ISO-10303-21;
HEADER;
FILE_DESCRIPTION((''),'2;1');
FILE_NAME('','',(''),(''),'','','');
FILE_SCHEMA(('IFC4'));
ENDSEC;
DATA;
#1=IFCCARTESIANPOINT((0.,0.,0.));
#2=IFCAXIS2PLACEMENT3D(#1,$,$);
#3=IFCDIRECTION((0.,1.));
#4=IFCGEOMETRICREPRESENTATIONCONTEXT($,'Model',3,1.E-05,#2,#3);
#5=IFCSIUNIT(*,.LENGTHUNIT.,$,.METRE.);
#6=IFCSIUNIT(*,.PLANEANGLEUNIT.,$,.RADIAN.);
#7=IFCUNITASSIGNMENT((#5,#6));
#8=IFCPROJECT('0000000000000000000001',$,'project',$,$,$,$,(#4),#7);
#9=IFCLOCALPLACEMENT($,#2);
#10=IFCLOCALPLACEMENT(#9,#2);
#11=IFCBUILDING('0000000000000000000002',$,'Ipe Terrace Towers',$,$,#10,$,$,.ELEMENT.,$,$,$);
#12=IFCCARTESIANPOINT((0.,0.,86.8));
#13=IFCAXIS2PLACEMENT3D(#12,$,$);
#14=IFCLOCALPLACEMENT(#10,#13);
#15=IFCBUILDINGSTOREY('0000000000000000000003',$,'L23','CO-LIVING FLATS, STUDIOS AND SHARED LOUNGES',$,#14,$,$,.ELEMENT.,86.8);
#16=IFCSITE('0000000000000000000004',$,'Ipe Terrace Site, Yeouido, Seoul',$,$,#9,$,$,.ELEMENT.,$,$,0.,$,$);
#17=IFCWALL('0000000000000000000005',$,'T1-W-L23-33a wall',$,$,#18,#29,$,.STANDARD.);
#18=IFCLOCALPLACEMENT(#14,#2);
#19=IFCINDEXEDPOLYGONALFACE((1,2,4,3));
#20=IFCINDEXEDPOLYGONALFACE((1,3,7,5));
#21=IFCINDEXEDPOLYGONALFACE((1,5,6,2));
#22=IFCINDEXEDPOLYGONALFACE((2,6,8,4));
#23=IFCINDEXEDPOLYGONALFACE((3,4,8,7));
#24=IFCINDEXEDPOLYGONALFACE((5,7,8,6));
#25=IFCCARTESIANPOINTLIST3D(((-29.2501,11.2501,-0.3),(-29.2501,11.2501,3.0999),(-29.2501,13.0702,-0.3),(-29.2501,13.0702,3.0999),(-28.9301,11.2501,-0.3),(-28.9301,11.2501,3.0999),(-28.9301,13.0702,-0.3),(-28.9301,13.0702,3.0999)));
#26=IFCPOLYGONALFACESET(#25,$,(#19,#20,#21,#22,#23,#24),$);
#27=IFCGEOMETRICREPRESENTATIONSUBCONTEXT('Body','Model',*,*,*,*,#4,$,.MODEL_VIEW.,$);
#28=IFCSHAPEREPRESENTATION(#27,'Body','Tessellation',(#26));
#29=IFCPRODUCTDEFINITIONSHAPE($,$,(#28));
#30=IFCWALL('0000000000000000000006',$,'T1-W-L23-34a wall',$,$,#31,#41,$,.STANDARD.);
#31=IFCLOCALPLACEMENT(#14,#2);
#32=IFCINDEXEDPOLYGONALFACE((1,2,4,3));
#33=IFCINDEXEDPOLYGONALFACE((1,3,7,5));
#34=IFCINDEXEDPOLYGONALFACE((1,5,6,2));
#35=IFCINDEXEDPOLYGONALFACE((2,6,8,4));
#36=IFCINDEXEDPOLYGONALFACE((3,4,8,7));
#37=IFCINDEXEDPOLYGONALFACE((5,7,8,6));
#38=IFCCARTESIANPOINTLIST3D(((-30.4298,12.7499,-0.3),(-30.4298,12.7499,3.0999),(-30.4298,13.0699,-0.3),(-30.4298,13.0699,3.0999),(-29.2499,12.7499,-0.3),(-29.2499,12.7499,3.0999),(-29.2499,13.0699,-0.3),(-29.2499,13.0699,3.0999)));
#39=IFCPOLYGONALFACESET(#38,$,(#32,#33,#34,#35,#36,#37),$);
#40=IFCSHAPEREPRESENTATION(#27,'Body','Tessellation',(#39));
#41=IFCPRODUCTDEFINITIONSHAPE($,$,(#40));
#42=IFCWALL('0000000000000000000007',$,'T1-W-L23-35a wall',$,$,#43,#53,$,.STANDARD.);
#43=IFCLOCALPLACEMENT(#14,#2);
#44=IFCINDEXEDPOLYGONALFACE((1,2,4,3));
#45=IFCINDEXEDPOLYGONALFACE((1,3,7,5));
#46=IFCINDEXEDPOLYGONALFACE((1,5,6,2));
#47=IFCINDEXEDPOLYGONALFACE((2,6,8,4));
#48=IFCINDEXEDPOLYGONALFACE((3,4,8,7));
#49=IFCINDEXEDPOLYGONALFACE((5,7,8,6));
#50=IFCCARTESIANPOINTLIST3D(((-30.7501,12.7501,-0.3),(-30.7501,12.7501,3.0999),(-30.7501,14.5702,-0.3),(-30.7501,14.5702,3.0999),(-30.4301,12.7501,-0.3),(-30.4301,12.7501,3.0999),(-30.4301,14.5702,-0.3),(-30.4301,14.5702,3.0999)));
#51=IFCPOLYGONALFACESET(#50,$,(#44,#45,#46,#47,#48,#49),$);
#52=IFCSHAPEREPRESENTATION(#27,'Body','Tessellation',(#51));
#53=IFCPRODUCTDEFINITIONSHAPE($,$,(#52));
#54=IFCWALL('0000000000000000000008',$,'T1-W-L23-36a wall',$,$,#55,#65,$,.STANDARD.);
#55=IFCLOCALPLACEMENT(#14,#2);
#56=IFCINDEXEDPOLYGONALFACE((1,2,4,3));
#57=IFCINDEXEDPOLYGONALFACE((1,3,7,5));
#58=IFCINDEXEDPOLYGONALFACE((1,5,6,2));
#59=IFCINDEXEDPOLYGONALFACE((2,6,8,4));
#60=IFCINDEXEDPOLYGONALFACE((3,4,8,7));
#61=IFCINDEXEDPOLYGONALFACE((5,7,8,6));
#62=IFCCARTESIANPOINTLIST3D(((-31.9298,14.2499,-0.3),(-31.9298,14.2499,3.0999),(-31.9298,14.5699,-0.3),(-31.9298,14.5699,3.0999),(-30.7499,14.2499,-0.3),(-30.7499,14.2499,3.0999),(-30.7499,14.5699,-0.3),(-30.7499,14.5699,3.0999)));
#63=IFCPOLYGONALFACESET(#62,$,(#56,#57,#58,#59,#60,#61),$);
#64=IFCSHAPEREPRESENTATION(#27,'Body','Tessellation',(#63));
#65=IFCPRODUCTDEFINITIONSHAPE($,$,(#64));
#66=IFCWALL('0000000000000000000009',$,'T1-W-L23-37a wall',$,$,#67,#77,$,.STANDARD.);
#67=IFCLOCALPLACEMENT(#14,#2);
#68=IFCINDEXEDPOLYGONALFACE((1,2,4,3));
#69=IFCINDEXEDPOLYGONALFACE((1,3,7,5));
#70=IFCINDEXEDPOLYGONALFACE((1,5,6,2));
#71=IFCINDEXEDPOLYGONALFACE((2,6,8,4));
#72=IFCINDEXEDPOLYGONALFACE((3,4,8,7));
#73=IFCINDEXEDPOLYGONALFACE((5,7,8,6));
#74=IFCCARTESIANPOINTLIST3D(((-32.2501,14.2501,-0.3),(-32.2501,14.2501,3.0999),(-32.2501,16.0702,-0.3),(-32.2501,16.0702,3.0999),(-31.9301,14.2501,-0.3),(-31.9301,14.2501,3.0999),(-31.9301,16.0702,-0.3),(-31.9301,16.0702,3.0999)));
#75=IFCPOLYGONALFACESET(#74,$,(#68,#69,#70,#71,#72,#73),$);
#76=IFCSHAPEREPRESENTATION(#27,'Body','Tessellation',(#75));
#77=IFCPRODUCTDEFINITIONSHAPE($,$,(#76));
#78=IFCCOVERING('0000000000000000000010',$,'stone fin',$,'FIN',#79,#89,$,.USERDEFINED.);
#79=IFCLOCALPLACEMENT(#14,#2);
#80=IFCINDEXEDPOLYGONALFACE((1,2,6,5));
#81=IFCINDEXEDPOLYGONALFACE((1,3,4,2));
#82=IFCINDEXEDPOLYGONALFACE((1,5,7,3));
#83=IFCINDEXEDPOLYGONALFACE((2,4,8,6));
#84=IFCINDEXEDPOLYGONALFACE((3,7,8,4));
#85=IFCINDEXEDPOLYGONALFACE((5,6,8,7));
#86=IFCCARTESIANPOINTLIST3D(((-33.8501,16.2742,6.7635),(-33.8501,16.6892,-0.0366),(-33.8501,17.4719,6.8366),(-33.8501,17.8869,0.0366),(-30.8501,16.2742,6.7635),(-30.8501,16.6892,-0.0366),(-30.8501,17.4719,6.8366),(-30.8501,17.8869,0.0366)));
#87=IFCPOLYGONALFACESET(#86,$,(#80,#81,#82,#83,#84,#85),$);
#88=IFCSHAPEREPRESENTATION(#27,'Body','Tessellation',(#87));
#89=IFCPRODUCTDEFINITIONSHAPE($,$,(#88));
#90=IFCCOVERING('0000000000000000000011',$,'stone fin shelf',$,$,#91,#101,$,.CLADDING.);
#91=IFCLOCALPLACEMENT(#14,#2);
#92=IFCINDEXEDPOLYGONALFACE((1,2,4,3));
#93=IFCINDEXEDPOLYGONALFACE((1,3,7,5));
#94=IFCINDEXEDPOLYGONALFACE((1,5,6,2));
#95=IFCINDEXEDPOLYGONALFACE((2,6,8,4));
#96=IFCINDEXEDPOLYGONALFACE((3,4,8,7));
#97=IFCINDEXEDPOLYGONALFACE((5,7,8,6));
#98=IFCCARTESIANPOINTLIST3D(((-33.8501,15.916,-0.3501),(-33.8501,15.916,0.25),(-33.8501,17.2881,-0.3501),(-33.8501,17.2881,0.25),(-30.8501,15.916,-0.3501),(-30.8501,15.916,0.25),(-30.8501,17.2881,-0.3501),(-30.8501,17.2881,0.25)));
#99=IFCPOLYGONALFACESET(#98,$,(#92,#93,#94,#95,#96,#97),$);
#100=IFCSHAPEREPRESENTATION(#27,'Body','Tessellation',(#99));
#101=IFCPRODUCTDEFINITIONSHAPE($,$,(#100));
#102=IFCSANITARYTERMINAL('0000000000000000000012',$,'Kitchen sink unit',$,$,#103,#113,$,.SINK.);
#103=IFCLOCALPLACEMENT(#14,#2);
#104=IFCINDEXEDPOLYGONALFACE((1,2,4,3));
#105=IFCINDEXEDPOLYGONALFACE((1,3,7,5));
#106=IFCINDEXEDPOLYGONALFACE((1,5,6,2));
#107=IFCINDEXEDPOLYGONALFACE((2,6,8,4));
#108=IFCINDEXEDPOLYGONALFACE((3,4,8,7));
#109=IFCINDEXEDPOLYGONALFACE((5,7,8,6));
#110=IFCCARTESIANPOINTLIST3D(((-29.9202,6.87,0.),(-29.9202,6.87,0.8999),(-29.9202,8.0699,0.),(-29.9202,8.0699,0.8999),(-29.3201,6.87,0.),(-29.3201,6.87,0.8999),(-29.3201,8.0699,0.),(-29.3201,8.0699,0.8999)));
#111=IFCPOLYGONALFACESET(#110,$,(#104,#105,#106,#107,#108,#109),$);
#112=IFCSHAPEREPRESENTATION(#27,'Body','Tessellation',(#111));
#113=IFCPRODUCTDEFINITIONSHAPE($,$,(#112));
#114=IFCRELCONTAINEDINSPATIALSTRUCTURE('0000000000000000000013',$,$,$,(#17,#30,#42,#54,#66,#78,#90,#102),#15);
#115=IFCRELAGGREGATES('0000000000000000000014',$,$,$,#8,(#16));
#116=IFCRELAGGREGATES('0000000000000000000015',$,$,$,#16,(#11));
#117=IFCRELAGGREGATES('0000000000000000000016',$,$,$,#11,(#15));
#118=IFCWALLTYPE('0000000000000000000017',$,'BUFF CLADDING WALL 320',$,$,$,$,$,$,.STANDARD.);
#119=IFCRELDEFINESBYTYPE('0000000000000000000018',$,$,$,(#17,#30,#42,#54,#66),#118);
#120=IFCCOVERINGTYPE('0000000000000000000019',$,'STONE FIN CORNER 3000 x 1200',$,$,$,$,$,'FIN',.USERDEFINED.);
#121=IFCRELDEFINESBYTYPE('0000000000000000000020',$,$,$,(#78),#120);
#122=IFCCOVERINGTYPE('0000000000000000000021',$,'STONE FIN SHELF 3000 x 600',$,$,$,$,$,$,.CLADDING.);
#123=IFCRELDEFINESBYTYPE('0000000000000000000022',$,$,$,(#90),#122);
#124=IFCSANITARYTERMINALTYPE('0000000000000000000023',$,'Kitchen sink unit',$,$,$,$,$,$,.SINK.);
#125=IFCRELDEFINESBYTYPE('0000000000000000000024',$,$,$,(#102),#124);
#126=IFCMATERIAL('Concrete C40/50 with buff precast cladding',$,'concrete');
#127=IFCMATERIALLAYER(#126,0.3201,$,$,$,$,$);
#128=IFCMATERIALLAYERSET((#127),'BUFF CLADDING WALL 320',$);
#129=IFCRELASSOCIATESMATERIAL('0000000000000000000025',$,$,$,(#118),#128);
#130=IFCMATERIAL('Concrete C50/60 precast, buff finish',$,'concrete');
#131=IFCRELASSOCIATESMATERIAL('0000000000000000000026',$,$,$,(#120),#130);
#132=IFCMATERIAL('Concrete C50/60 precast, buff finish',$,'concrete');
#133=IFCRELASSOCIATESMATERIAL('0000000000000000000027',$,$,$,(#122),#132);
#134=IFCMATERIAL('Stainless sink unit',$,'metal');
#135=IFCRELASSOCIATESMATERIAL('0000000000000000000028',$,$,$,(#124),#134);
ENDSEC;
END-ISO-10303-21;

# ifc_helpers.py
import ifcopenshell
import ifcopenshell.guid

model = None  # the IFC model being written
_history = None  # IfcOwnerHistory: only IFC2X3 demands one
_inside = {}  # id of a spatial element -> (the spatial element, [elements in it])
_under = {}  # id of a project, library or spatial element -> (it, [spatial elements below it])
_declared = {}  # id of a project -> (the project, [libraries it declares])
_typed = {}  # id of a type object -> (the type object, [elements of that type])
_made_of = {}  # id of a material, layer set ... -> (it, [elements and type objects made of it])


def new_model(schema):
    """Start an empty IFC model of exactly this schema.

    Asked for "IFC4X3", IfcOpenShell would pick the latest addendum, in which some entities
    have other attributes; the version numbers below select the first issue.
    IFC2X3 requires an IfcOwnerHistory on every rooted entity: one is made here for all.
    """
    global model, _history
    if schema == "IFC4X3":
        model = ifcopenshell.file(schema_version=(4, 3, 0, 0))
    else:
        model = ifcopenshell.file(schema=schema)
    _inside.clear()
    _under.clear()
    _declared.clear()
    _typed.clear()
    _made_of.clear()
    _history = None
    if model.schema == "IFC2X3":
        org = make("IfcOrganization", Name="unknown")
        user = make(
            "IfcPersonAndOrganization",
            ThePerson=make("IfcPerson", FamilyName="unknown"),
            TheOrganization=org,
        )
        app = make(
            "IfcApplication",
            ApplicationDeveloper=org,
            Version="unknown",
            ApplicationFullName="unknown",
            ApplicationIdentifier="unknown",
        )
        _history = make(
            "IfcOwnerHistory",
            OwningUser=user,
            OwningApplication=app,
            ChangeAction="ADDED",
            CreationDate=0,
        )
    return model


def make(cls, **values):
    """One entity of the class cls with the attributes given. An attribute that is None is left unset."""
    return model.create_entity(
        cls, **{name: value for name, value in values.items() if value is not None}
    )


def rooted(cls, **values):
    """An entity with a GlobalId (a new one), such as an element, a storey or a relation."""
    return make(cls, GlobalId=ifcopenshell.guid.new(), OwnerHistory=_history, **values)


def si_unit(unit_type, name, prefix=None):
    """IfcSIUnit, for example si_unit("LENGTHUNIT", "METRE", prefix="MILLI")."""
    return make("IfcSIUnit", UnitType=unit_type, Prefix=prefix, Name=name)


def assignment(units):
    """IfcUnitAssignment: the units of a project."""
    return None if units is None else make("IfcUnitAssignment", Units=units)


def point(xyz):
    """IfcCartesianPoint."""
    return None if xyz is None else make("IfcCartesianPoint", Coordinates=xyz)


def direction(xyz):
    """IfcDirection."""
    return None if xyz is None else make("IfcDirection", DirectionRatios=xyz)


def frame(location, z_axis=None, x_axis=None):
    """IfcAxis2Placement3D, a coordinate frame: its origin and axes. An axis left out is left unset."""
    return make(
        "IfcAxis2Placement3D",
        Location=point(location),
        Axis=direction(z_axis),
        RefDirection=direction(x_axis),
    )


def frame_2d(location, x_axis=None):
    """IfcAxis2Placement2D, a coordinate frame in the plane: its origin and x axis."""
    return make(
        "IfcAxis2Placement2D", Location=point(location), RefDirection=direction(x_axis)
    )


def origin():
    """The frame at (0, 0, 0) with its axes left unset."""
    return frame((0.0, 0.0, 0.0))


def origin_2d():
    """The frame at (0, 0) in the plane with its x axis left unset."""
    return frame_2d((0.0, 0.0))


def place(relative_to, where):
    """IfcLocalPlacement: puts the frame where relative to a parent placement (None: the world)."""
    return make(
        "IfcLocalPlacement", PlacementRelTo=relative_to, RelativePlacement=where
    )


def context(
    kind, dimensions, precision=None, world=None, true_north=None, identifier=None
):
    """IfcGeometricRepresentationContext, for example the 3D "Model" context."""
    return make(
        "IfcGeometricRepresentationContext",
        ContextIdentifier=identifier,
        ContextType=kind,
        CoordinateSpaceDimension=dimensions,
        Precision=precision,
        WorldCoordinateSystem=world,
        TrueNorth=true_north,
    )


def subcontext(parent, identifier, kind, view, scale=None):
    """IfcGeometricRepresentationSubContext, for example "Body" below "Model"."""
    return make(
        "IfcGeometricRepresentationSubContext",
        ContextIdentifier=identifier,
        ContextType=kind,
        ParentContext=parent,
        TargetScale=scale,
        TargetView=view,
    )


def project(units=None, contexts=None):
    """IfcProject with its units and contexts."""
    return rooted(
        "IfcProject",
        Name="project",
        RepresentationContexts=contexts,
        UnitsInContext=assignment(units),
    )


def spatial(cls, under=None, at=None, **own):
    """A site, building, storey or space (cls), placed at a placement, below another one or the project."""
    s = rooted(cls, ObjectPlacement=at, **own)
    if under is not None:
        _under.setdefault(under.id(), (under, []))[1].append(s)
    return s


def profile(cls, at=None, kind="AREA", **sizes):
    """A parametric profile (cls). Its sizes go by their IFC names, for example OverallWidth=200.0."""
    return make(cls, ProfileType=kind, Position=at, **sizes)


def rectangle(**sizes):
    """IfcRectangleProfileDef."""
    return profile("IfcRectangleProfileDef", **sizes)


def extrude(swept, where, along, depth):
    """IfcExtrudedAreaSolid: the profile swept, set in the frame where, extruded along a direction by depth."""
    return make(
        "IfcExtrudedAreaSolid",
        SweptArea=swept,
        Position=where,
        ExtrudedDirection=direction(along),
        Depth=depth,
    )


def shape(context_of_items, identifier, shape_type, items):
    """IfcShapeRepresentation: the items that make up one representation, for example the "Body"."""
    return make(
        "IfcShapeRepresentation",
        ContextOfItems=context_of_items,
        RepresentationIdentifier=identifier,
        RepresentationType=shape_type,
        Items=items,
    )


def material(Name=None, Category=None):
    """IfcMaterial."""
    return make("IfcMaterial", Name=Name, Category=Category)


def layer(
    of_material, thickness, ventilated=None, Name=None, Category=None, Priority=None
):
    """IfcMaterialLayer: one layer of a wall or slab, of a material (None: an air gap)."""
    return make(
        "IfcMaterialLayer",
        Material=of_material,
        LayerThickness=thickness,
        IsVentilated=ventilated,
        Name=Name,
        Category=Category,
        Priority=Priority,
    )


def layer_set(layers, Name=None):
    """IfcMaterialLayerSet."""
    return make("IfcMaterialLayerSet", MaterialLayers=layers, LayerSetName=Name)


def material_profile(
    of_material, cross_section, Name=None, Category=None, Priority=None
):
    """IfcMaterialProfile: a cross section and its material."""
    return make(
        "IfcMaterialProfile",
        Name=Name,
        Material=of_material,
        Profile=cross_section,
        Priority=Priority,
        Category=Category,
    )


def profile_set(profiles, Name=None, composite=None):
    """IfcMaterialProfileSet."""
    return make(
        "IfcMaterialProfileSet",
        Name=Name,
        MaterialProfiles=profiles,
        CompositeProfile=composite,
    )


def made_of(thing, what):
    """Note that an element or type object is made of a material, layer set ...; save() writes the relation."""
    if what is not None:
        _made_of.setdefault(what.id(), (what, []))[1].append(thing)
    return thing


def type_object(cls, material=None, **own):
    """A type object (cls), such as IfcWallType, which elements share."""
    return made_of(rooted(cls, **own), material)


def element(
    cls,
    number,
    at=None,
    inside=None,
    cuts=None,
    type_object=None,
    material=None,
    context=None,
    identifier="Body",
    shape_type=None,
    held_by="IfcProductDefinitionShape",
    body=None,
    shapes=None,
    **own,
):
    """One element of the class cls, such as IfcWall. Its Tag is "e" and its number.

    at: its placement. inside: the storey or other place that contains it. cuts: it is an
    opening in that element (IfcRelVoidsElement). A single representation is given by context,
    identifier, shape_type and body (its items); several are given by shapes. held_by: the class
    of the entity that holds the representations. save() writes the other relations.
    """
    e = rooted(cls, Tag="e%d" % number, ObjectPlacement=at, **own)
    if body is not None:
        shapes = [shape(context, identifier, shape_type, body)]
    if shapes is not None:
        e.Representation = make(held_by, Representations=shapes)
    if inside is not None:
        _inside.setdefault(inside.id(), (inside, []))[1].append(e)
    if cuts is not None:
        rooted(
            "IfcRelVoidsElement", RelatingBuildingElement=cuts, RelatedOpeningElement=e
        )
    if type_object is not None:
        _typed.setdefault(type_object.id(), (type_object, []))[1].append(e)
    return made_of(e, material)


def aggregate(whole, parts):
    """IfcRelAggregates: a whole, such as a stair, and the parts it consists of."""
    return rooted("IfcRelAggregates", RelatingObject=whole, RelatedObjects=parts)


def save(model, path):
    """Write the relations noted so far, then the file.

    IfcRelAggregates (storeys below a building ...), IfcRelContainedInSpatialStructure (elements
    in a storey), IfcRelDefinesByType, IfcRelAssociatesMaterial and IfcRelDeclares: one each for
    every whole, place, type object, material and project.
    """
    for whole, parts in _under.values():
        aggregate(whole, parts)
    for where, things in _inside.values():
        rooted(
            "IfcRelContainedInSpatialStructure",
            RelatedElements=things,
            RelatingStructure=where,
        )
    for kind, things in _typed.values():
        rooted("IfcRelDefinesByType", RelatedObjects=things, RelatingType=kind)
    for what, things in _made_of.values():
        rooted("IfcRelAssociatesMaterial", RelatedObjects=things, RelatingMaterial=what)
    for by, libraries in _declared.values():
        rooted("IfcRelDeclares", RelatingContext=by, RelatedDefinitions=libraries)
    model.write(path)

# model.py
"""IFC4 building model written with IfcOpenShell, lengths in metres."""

from ifc_helpers import new_model, si_unit, direction, frame, frame_2d, origin, origin_2d, place, context, subcontext, project, spatial, rectangle, extrude, material, layer, layer_set, material_profile, profile_set, type_object, element, save


model = new_model("IFC4")

# Units and contexts
model_context = context("Model", 3, precision=1e-05, world=origin(), true_north=direction((0.0, 1.0)))
body_context = subcontext(model_context, "Body", "Model", "MODEL_VIEW")
ifc_project = project(units=[si_unit("LENGTHUNIT", "METRE"), si_unit("PLANEANGLEUNIT", "RADIAN")], contexts=[model_context])

# Site, building, storey
site_placement = place(None, origin())
site = spatial("IfcSite", under=ifc_project, at=site_placement, Name="Ipe Terrace Site, Yeouido, Seoul", CompositionType="ELEMENT", RefElevation=0.0)
building_placement = place(site_placement, origin())
building = spatial("IfcBuilding", under=site, at=building_placement, Name="Ipe Terrace Towers", CompositionType="ELEMENT")
storey_placement = place(building_placement, frame((0.0, 0.0, 86.8)))
storey = spatial("IfcBuildingStorey", under=building, at=storey_placement, Name="L23", Description="CO-LIVING FLATS, STUDIOS AND SHARED LOUNGES", CompositionType="ELEMENT", Elevation=86.8)

# Walls
ifc_material_1 = material(Name="Concrete C40/50 with buff precast cladding", Category="concrete")
ifc_layer_1 = layer(ifc_material_1, 0.3201)
ifc_layer_set_1 = layer_set([ifc_layer_1], Name="BUFF CLADDING WALL 320")
wall_type = type_object("IfcWallType", Name="BUFF CLADDING WALL 320", PredefinedType="STANDARD", material=ifc_layer_set_1)
wall_1_placement = place(storey_placement, frame((-29.0901, 11.25, -0.3), z_axis=(0.0, 0.0, 1.0), x_axis=(0.0, 1.0, 0.0)))
element("IfcWall", 1, at=wall_1_placement, inside=storey, type_object=wall_type, Name="T1-W-L23-33a wall", PredefinedType="STANDARD", context=body_context, shape_type="SweptSolid", body=[
    extrude(rectangle(XDim=1.8201, YDim=0.3201, at=frame_2d((0.9102, 0.0))), origin(), (0.0, 0.0, 1.0), 3.3999),
])
wall_2_placement = place(storey_placement, frame((-29.25, 12.9099, -0.3), z_axis=(0.0, 0.0, 1.0), x_axis=(-1.0, 0.0, 0.0)))
element("IfcWall", 2, at=wall_2_placement, inside=storey, type_object=wall_type, Name="T1-W-L23-34a wall", PredefinedType="STANDARD", context=body_context, shape_type="SweptSolid", body=[
    extrude(rectangle(XDim=1.1799, YDim=0.3201, at=frame_2d((0.5898, 0.0))), origin(), (0.0, 0.0, 1.0), 3.3999),
])
wall_3_placement = place(storey_placement, frame((-30.5901, 12.75, -0.3), z_axis=(0.0, 0.0, 1.0), x_axis=(0.0, 1.0, 0.0)))
element("IfcWall", 3, at=wall_3_placement, inside=storey, type_object=wall_type, Name="T1-W-L23-35a wall", PredefinedType="STANDARD", context=body_context, shape_type="SweptSolid", body=[
    extrude(rectangle(XDim=1.8201, YDim=0.3201, at=frame_2d((0.9102, 0.0))), origin(), (0.0, 0.0, 1.0), 3.3999),
])
wall_4_placement = place(storey_placement, frame((-30.75, 14.4099, -0.3), z_axis=(0.0, 0.0, 1.0), x_axis=(-1.0, 0.0, 0.0)))
element("IfcWall", 4, at=wall_4_placement, inside=storey, type_object=wall_type, Name="T1-W-L23-36a wall", PredefinedType="STANDARD", context=body_context, shape_type="SweptSolid", body=[
    extrude(rectangle(XDim=1.1799, YDim=0.3201, at=frame_2d((0.5898, 0.0))), origin(), (0.0, 0.0, 1.0), 3.3999),
])
wall_5_placement = place(storey_placement, frame((-32.0901, 14.25, -0.3), z_axis=(0.0, 0.0, 1.0), x_axis=(0.0, 1.0, 0.0)))
element("IfcWall", 5, at=wall_5_placement, inside=storey, type_object=wall_type, Name="T1-W-L23-37a wall", PredefinedType="STANDARD", context=body_context, shape_type="SweptSolid", body=[
    extrude(rectangle(XDim=1.8201, YDim=0.3201, at=frame_2d((0.9102, 0.0))), origin(), (0.0, 0.0, 1.0), 3.3999),
])

# Coverings
ifc_material_2 = material(Name="Concrete C50/60 precast, buff finish", Category="concrete")
ifc_material_profile_1 = material_profile(ifc_material_2, rectangle(XDim=3.0, YDim=1.2, at=origin_2d()), Name="STONE FIN CORNER 3000 x 1200")
ifc_profile_set_1 = profile_set([ifc_material_profile_1], Name="Concrete C50/60 precast, buff finish")
covering_type_1 = type_object("IfcCoveringType", Name="STONE FIN CORNER 3000 x 1200", ElementType="FIN", PredefinedType="USERDEFINED", material=ifc_profile_set_1)
covering_1_placement = place(storey_placement, frame((-32.3501, 17.2881, 0.0), z_axis=(0.0, -0.060921, 0.998143), x_axis=(-1.0, 0.0, 0.0)))
element("IfcCovering", 6, at=covering_1_placement, inside=storey, type_object=covering_type_1, Name="stone fin", ObjectType="FIN", PredefinedType="USERDEFINED", context=body_context, shape_type="SweptSolid", body=[
    extrude(rectangle(XDim=3.0, YDim=1.2, at=origin_2d()), origin(), (0.0, 0.0, 1.0), 6.8127),
])
ifc_material_3 = material(Name="Concrete C50/60 precast, buff finish", Category="concrete")
covering_type_2 = type_object("IfcCoveringType", Name="STONE FIN SHELF 3000 x 600", PredefinedType="CLADDING", material=ifc_material_3)
covering_2_placement = place(storey_placement, frame((-32.3501, 16.6021, -0.3501), z_axis=(0.0, 0.0, 1.0), x_axis=(-1.0, 0.0, 0.0)))
element("IfcCovering", 7, at=covering_2_placement, inside=storey, type_object=covering_type_2, Name="stone fin shelf", PredefinedType="CLADDING", context=body_context, shape_type="SweptSolid", body=[
    extrude(rectangle(XDim=3.0, YDim=1.3721, at=origin_2d()), origin(), (0.0, 0.0, 1.0), 0.6001),
])

# Sanitary terminal
ifc_material_4 = material(Name="Stainless sink unit", Category="metal")
sanitary_terminal_type = type_object("IfcSanitaryTerminalType", Name="Kitchen sink unit", PredefinedType="SINK", material=ifc_material_4)
sanitary_terminal_placement = place(storey_placement, frame((-29.6201, 7.47, 0.0), z_axis=(0.0, 0.0, 1.0), x_axis=(0.0, -1.0, 0.0)))
element("IfcSanitaryTerminal", 8, at=sanitary_terminal_placement, inside=storey, type_object=sanitary_terminal_type, Name="Kitchen sink unit", PredefinedType="SINK", context=body_context, shape_type="SweptSolid", body=[
    extrude(rectangle(XDim=1.2, YDim=0.6001, at=origin_2d()), origin(), (0.0, 0.0, 1.0), 0.8999),
])

save(model, "model.ifc")
